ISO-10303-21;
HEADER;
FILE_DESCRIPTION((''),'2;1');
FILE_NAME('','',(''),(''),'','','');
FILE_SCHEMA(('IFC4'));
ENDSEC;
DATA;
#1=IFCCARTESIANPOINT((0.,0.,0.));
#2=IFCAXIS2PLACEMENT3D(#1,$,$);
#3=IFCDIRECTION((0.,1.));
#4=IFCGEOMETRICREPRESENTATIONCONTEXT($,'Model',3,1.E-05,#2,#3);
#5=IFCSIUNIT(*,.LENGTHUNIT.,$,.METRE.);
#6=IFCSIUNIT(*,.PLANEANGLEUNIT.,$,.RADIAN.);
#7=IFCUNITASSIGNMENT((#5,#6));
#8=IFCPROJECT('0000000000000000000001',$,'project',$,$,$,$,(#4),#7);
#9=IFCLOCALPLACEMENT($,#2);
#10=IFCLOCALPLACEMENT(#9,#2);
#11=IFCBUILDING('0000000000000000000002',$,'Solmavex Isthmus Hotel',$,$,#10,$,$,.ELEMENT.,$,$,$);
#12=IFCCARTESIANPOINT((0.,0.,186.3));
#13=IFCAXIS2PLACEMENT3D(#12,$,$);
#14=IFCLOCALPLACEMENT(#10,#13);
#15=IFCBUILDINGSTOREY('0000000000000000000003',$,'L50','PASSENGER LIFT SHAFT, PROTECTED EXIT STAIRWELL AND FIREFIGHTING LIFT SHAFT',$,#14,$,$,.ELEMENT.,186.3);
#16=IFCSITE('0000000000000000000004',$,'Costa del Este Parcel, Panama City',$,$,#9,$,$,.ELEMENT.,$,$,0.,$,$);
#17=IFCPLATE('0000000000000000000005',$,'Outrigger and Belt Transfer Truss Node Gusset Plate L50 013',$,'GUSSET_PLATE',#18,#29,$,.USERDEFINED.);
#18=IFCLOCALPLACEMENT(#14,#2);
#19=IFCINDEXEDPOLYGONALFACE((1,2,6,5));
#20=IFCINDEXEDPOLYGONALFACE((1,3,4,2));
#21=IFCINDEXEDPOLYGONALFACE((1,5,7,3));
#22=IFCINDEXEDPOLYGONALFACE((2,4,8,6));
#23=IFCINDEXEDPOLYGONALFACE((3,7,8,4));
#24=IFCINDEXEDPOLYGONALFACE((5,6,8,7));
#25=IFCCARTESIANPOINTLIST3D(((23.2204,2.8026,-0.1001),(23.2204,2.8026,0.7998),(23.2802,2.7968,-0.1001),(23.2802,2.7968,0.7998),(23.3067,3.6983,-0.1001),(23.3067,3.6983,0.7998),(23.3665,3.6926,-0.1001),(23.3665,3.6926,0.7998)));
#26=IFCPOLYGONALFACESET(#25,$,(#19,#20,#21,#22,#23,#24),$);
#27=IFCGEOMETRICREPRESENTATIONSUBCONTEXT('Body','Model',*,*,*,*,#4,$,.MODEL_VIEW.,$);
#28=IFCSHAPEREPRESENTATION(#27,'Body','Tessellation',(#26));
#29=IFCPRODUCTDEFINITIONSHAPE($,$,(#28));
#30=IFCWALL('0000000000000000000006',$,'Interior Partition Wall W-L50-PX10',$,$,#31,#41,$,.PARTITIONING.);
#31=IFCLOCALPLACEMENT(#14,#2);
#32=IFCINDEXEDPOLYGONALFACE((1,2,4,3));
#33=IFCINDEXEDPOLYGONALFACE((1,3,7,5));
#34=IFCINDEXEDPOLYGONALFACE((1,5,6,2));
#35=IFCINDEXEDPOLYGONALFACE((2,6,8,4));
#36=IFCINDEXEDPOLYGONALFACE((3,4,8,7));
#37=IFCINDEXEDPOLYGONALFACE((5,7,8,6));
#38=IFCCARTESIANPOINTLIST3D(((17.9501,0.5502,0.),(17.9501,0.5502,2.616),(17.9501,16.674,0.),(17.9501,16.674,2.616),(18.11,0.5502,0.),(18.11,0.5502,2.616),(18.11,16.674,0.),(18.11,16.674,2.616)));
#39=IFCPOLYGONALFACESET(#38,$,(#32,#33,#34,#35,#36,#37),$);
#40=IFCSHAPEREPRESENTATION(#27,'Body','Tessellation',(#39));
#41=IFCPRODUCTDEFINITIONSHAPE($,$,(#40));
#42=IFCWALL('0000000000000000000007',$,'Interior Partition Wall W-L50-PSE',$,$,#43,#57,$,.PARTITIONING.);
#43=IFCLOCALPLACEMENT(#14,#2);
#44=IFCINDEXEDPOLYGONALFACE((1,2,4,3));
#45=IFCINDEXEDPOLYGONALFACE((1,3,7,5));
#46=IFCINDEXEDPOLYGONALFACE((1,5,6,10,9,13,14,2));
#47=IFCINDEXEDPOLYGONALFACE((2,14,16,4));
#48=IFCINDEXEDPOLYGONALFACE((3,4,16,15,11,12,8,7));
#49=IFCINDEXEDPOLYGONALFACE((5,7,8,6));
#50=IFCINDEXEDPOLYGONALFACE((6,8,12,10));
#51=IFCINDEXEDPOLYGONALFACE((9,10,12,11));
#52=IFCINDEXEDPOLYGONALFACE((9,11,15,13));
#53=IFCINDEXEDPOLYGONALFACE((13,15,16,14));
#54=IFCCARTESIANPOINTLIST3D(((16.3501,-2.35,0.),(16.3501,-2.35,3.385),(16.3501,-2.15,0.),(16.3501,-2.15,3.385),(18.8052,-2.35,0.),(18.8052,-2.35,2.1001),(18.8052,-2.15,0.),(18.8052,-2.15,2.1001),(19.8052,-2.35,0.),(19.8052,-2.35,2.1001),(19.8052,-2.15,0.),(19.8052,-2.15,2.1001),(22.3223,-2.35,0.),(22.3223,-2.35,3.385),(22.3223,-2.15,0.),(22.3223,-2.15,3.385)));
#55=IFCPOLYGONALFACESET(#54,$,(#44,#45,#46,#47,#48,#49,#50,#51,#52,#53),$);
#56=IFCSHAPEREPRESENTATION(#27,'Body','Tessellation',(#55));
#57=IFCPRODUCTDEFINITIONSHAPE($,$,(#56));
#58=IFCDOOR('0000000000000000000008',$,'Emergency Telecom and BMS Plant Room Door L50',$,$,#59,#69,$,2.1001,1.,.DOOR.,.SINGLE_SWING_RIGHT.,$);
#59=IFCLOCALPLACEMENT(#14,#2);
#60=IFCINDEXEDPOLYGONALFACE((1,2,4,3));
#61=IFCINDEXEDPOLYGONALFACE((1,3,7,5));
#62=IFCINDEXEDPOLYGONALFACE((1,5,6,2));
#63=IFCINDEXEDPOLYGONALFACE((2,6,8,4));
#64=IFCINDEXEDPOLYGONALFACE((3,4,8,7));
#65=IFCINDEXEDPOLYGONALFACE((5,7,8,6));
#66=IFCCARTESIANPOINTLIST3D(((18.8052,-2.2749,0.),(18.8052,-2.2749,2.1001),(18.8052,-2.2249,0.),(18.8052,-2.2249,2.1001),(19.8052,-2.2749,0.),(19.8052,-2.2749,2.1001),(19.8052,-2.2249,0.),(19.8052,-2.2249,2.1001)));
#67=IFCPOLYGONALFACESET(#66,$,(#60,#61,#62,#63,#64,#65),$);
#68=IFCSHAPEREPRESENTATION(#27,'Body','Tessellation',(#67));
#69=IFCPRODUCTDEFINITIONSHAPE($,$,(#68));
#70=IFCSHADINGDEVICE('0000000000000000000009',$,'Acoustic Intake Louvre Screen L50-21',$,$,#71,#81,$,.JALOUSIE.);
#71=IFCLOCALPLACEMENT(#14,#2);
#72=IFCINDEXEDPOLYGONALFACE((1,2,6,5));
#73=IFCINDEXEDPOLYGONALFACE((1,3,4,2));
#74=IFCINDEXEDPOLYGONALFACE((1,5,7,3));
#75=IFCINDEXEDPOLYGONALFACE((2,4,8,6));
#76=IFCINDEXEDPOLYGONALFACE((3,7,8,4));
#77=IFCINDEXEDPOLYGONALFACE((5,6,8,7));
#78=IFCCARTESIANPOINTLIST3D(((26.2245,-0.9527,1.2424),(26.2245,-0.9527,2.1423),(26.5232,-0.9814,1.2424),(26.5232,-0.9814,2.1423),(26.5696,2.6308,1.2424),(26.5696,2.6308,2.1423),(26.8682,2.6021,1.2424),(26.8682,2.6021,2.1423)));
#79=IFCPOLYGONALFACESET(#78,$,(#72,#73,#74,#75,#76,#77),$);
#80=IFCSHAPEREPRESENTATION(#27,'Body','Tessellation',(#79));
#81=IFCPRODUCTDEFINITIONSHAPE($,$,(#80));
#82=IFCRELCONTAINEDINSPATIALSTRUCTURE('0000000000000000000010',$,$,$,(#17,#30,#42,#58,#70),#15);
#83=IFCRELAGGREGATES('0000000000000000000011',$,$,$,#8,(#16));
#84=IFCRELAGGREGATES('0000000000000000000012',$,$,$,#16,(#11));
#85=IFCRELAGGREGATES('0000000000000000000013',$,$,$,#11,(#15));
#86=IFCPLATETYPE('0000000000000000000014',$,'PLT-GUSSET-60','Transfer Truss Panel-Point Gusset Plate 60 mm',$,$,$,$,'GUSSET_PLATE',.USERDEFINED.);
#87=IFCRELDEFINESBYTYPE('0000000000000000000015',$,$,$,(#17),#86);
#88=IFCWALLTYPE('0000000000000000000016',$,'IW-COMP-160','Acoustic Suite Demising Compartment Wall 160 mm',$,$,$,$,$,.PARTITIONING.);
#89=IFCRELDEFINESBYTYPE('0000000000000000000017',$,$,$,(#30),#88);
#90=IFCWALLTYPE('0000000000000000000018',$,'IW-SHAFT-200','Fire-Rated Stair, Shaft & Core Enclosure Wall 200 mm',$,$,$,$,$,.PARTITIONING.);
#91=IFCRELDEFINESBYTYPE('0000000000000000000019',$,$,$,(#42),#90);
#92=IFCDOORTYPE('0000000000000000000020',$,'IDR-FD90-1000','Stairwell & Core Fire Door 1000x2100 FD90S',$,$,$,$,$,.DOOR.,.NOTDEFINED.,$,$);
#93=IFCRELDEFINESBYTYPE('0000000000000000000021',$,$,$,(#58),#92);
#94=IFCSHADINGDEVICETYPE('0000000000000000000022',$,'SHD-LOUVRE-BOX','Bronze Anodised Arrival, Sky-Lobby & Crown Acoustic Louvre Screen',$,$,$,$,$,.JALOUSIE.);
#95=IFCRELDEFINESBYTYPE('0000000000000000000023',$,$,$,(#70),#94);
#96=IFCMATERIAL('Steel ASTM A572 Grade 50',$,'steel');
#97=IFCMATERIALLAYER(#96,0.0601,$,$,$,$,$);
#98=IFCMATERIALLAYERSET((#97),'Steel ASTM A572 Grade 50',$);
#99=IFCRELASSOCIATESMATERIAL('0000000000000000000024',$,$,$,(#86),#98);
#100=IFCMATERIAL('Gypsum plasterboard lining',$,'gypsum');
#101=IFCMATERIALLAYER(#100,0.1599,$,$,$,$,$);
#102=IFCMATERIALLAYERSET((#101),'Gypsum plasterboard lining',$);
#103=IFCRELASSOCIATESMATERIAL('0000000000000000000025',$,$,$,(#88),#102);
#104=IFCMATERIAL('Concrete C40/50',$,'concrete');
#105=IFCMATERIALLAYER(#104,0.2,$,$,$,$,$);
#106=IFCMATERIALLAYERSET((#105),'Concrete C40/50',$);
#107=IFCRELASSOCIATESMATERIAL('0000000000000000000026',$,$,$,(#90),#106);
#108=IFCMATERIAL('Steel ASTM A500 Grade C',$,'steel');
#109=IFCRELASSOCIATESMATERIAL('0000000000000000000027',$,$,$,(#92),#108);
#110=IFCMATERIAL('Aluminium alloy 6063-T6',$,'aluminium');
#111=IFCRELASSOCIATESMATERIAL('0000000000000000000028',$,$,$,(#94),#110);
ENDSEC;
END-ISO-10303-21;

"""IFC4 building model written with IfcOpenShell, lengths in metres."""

from ifc_helpers import new_model, si_unit, direction, frame, frame_2d, origin, origin_2d, place, context, subcontext, project, spatial, rectangle, extrude, material, layer, layer_set, type_object, element, fill, save


model = new_model("IFC4")

# Units and contexts
model_context = context("Model", 3, precision=1e-05, world=origin(), true_north=direction((0.0, 1.0)))
body_context = subcontext(model_context, "Body", "Model", "MODEL_VIEW")
ifc_project = project(units=[si_unit("LENGTHUNIT", "METRE"), si_unit("PLANEANGLEUNIT", "RADIAN")], contexts=[model_context])

# Site, building, storey
site_placement = place(None, origin())
site = spatial("IfcSite", under=ifc_project, at=site_placement, Name="Costa del Este Parcel, Panama City", CompositionType="ELEMENT", RefElevation=0.0)
building_placement = place(site_placement, origin())
building = spatial("IfcBuilding", under=site, at=building_placement, Name="Solmavex Isthmus Hotel", CompositionType="ELEMENT")
storey_placement = place(building_placement, frame((0.0, 0.0, 186.3)))
storey = spatial("IfcBuildingStorey", under=building, at=storey_placement, Name="L50", Description="PASSENGER LIFT SHAFT, PROTECTED EXIT STAIRWELL AND FIREFIGHTING LIFT SHAFT", CompositionType="ELEMENT", Elevation=186.3)

# Plate
ifc_material_1 = material(Name="Steel ASTM A572 Grade 50", Category="steel")
ifc_layer_1 = layer(ifc_material_1, 0.0601)
ifc_layer_set_1 = layer_set([ifc_layer_1], Name="Steel ASTM A572 Grade 50")
plate_type_1 = type_object("IfcPlateType", Name="PLT-GUSSET-60", Description="Transfer Truss Panel-Point Gusset Plate 60 mm", ElementType="GUSSET_PLATE", PredefinedType="USERDEFINED", material=ifc_layer_set_1)
for number, where, z_axis, x_axis, name in (
    (1, (23.2935, 3.2476, -0.1001), (0.0, 0.0, 1.0), (0.095846, 0.995396, 0.0), "Outrigger and Belt Transfer Truss Node Gusset Plate L50 013"),
):
    element("IfcPlate", number, at=place(storey_placement, frame(where, z_axis=z_axis, x_axis=x_axis)), inside=storey, type_object=plate_type_1, Name=name, ObjectType="GUSSET_PLATE", PredefinedType="USERDEFINED", context=body_context, shape_type="SweptSolid", body=[
        extrude(rectangle(XDim=0.8999, YDim=0.0601, at=origin_2d()), origin(), (0.0, 0.0, 1.0), 0.8999),
    ])

# Wall
ifc_material_2 = material(Name="Gypsum plasterboard lining", Category="gypsum")
ifc_layer_2 = layer(ifc_material_2, 0.1599)
ifc_layer_set_2 = layer_set([ifc_layer_2], Name="Gypsum plasterboard lining")
wall_type_1 = type_object("IfcWallType", Name="IW-COMP-160", Description="Acoustic Suite Demising Compartment Wall 160 mm", PredefinedType="PARTITIONING", material=ifc_layer_set_2)
wall_1_placement = place(storey_placement, frame((18.03, 0.55, 0.0), z_axis=(0.0, 0.0, 1.0), x_axis=(0.0, 1.0, 0.0)))
element("IfcWall", 2, at=wall_1_placement, inside=storey, type_object=wall_type_1, Name="Interior Partition Wall W-L50-PX10", PredefinedType="PARTITIONING", context=body_context, shape_type="SweptSolid", body=[
    extrude(rectangle(XDim=16.1238, YDim=0.1599, at=frame_2d((8.062, 0.0))), origin(), (0.0, 0.0, 1.0), 2.616),
])

# Wall, opening, door
ifc_material_3 = material(Name="Concrete C40/50", Category="concrete")
ifc_layer_3 = layer(ifc_material_3, 0.2)
ifc_layer_set_3 = layer_set([ifc_layer_3], Name="Concrete C40/50")
wall_type_2 = type_object("IfcWallType", Name="IW-SHAFT-200", Description="Fire-Rated Stair, Shaft & Core Enclosure Wall 200 mm", PredefinedType="PARTITIONING", material=ifc_layer_set_3)
wall_2_placement = place(storey_placement, frame((16.3501, -2.25, 0.0), z_axis=(0.0, 0.0, 1.0), x_axis=(1.0, 0.0, 0.0)))
wall_2 = element("IfcWall", 3, at=wall_2_placement, inside=storey, type_object=wall_type_2, Name="Interior Partition Wall W-L50-PSE", PredefinedType="PARTITIONING", context=body_context, shape_type="SweptSolid", body=[
    extrude(rectangle(XDim=5.9722, YDim=0.2, at=frame_2d((2.9861, 0.0))), origin(), (0.0, 0.0, 1.0), 3.385),
])
opening_placement = place(wall_2_placement, frame((2.4551, 0.0, 0.0)))
opening = element("IfcOpeningElement", 4, at=opening_placement, cuts=wall_2, PredefinedType="OPENING", context=body_context, shape_type="SweptSolid", body=[
    extrude(rectangle(XDim=1.0, YDim=2.1001, at=frame_2d((0.5, 1.05))), frame((0.0, 0.1099, 0.0), z_axis=(0.0, -1.0, 0.0), x_axis=(1.0, 0.0, 0.0)), (0.0, 0.0, 1.0), 0.22),
])
ifc_material_4 = material(Name="Steel ASTM A500 Grade C", Category="steel")
door_type = type_object("IfcDoorType", Name="IDR-FD90-1000", Description="Stairwell & Core Fire Door 1000x2100 FD90S", OperationType="NOTDEFINED", PredefinedType="DOOR", material=ifc_material_4)
door_placement = place(opening_placement, frame((1.0, 0.0, 0.0), z_axis=(0.0, 0.0, 1.0), x_axis=(-1.0, 0.0, 0.0)))
door = element("IfcDoor", 5, at=door_placement, inside=storey, type_object=door_type, Name="Emergency Telecom and BMS Plant Room Door L50", OperationType="SINGLE_SWING_RIGHT", OverallHeight=2.1001, OverallWidth=1.0, PredefinedType="DOOR", context=body_context, shape_type="SweptSolid", body=[
    extrude(rectangle(XDim=1.0, YDim=2.1001, at=frame_2d((0.5, 1.05))), frame((0.0, 0.0249, 0.0), z_axis=(0.0, -1.0, 0.0), x_axis=(1.0, 0.0, 0.0)), (0.0, 0.0, 1.0), 0.05),
])
fill(opening, door)

# Shading device
ifc_material_5 = material(Name="Aluminium alloy 6063-T6", Category="aluminium")
shading_device_type = type_object("IfcShadingDeviceType", Name="SHD-LOUVRE-BOX", Description="Bronze Anodised Arrival, Sky-Lobby & Crown Acoustic Louvre Screen", PredefinedType="JALOUSIE", material=ifc_material_5)
shading_device_placement = place(storey_placement, frame((26.5464, 0.8247, 1.2424), z_axis=(0.0, 0.0, 1.0), x_axis=(-0.095846, -0.995396, 0.0)))
element("IfcShadingDevice", 6, at=shading_device_placement, inside=storey, type_object=shading_device_type, Name="Acoustic Intake Louvre Screen L50-21", PredefinedType="JALOUSIE", context=body_context, shape_type="SweptSolid", body=[
    extrude(rectangle(XDim=3.6001, YDim=0.3, at=origin_2d()), origin(), (0.0, 0.0, 1.0), 0.8999),
])

save(model, "model.ifc")
